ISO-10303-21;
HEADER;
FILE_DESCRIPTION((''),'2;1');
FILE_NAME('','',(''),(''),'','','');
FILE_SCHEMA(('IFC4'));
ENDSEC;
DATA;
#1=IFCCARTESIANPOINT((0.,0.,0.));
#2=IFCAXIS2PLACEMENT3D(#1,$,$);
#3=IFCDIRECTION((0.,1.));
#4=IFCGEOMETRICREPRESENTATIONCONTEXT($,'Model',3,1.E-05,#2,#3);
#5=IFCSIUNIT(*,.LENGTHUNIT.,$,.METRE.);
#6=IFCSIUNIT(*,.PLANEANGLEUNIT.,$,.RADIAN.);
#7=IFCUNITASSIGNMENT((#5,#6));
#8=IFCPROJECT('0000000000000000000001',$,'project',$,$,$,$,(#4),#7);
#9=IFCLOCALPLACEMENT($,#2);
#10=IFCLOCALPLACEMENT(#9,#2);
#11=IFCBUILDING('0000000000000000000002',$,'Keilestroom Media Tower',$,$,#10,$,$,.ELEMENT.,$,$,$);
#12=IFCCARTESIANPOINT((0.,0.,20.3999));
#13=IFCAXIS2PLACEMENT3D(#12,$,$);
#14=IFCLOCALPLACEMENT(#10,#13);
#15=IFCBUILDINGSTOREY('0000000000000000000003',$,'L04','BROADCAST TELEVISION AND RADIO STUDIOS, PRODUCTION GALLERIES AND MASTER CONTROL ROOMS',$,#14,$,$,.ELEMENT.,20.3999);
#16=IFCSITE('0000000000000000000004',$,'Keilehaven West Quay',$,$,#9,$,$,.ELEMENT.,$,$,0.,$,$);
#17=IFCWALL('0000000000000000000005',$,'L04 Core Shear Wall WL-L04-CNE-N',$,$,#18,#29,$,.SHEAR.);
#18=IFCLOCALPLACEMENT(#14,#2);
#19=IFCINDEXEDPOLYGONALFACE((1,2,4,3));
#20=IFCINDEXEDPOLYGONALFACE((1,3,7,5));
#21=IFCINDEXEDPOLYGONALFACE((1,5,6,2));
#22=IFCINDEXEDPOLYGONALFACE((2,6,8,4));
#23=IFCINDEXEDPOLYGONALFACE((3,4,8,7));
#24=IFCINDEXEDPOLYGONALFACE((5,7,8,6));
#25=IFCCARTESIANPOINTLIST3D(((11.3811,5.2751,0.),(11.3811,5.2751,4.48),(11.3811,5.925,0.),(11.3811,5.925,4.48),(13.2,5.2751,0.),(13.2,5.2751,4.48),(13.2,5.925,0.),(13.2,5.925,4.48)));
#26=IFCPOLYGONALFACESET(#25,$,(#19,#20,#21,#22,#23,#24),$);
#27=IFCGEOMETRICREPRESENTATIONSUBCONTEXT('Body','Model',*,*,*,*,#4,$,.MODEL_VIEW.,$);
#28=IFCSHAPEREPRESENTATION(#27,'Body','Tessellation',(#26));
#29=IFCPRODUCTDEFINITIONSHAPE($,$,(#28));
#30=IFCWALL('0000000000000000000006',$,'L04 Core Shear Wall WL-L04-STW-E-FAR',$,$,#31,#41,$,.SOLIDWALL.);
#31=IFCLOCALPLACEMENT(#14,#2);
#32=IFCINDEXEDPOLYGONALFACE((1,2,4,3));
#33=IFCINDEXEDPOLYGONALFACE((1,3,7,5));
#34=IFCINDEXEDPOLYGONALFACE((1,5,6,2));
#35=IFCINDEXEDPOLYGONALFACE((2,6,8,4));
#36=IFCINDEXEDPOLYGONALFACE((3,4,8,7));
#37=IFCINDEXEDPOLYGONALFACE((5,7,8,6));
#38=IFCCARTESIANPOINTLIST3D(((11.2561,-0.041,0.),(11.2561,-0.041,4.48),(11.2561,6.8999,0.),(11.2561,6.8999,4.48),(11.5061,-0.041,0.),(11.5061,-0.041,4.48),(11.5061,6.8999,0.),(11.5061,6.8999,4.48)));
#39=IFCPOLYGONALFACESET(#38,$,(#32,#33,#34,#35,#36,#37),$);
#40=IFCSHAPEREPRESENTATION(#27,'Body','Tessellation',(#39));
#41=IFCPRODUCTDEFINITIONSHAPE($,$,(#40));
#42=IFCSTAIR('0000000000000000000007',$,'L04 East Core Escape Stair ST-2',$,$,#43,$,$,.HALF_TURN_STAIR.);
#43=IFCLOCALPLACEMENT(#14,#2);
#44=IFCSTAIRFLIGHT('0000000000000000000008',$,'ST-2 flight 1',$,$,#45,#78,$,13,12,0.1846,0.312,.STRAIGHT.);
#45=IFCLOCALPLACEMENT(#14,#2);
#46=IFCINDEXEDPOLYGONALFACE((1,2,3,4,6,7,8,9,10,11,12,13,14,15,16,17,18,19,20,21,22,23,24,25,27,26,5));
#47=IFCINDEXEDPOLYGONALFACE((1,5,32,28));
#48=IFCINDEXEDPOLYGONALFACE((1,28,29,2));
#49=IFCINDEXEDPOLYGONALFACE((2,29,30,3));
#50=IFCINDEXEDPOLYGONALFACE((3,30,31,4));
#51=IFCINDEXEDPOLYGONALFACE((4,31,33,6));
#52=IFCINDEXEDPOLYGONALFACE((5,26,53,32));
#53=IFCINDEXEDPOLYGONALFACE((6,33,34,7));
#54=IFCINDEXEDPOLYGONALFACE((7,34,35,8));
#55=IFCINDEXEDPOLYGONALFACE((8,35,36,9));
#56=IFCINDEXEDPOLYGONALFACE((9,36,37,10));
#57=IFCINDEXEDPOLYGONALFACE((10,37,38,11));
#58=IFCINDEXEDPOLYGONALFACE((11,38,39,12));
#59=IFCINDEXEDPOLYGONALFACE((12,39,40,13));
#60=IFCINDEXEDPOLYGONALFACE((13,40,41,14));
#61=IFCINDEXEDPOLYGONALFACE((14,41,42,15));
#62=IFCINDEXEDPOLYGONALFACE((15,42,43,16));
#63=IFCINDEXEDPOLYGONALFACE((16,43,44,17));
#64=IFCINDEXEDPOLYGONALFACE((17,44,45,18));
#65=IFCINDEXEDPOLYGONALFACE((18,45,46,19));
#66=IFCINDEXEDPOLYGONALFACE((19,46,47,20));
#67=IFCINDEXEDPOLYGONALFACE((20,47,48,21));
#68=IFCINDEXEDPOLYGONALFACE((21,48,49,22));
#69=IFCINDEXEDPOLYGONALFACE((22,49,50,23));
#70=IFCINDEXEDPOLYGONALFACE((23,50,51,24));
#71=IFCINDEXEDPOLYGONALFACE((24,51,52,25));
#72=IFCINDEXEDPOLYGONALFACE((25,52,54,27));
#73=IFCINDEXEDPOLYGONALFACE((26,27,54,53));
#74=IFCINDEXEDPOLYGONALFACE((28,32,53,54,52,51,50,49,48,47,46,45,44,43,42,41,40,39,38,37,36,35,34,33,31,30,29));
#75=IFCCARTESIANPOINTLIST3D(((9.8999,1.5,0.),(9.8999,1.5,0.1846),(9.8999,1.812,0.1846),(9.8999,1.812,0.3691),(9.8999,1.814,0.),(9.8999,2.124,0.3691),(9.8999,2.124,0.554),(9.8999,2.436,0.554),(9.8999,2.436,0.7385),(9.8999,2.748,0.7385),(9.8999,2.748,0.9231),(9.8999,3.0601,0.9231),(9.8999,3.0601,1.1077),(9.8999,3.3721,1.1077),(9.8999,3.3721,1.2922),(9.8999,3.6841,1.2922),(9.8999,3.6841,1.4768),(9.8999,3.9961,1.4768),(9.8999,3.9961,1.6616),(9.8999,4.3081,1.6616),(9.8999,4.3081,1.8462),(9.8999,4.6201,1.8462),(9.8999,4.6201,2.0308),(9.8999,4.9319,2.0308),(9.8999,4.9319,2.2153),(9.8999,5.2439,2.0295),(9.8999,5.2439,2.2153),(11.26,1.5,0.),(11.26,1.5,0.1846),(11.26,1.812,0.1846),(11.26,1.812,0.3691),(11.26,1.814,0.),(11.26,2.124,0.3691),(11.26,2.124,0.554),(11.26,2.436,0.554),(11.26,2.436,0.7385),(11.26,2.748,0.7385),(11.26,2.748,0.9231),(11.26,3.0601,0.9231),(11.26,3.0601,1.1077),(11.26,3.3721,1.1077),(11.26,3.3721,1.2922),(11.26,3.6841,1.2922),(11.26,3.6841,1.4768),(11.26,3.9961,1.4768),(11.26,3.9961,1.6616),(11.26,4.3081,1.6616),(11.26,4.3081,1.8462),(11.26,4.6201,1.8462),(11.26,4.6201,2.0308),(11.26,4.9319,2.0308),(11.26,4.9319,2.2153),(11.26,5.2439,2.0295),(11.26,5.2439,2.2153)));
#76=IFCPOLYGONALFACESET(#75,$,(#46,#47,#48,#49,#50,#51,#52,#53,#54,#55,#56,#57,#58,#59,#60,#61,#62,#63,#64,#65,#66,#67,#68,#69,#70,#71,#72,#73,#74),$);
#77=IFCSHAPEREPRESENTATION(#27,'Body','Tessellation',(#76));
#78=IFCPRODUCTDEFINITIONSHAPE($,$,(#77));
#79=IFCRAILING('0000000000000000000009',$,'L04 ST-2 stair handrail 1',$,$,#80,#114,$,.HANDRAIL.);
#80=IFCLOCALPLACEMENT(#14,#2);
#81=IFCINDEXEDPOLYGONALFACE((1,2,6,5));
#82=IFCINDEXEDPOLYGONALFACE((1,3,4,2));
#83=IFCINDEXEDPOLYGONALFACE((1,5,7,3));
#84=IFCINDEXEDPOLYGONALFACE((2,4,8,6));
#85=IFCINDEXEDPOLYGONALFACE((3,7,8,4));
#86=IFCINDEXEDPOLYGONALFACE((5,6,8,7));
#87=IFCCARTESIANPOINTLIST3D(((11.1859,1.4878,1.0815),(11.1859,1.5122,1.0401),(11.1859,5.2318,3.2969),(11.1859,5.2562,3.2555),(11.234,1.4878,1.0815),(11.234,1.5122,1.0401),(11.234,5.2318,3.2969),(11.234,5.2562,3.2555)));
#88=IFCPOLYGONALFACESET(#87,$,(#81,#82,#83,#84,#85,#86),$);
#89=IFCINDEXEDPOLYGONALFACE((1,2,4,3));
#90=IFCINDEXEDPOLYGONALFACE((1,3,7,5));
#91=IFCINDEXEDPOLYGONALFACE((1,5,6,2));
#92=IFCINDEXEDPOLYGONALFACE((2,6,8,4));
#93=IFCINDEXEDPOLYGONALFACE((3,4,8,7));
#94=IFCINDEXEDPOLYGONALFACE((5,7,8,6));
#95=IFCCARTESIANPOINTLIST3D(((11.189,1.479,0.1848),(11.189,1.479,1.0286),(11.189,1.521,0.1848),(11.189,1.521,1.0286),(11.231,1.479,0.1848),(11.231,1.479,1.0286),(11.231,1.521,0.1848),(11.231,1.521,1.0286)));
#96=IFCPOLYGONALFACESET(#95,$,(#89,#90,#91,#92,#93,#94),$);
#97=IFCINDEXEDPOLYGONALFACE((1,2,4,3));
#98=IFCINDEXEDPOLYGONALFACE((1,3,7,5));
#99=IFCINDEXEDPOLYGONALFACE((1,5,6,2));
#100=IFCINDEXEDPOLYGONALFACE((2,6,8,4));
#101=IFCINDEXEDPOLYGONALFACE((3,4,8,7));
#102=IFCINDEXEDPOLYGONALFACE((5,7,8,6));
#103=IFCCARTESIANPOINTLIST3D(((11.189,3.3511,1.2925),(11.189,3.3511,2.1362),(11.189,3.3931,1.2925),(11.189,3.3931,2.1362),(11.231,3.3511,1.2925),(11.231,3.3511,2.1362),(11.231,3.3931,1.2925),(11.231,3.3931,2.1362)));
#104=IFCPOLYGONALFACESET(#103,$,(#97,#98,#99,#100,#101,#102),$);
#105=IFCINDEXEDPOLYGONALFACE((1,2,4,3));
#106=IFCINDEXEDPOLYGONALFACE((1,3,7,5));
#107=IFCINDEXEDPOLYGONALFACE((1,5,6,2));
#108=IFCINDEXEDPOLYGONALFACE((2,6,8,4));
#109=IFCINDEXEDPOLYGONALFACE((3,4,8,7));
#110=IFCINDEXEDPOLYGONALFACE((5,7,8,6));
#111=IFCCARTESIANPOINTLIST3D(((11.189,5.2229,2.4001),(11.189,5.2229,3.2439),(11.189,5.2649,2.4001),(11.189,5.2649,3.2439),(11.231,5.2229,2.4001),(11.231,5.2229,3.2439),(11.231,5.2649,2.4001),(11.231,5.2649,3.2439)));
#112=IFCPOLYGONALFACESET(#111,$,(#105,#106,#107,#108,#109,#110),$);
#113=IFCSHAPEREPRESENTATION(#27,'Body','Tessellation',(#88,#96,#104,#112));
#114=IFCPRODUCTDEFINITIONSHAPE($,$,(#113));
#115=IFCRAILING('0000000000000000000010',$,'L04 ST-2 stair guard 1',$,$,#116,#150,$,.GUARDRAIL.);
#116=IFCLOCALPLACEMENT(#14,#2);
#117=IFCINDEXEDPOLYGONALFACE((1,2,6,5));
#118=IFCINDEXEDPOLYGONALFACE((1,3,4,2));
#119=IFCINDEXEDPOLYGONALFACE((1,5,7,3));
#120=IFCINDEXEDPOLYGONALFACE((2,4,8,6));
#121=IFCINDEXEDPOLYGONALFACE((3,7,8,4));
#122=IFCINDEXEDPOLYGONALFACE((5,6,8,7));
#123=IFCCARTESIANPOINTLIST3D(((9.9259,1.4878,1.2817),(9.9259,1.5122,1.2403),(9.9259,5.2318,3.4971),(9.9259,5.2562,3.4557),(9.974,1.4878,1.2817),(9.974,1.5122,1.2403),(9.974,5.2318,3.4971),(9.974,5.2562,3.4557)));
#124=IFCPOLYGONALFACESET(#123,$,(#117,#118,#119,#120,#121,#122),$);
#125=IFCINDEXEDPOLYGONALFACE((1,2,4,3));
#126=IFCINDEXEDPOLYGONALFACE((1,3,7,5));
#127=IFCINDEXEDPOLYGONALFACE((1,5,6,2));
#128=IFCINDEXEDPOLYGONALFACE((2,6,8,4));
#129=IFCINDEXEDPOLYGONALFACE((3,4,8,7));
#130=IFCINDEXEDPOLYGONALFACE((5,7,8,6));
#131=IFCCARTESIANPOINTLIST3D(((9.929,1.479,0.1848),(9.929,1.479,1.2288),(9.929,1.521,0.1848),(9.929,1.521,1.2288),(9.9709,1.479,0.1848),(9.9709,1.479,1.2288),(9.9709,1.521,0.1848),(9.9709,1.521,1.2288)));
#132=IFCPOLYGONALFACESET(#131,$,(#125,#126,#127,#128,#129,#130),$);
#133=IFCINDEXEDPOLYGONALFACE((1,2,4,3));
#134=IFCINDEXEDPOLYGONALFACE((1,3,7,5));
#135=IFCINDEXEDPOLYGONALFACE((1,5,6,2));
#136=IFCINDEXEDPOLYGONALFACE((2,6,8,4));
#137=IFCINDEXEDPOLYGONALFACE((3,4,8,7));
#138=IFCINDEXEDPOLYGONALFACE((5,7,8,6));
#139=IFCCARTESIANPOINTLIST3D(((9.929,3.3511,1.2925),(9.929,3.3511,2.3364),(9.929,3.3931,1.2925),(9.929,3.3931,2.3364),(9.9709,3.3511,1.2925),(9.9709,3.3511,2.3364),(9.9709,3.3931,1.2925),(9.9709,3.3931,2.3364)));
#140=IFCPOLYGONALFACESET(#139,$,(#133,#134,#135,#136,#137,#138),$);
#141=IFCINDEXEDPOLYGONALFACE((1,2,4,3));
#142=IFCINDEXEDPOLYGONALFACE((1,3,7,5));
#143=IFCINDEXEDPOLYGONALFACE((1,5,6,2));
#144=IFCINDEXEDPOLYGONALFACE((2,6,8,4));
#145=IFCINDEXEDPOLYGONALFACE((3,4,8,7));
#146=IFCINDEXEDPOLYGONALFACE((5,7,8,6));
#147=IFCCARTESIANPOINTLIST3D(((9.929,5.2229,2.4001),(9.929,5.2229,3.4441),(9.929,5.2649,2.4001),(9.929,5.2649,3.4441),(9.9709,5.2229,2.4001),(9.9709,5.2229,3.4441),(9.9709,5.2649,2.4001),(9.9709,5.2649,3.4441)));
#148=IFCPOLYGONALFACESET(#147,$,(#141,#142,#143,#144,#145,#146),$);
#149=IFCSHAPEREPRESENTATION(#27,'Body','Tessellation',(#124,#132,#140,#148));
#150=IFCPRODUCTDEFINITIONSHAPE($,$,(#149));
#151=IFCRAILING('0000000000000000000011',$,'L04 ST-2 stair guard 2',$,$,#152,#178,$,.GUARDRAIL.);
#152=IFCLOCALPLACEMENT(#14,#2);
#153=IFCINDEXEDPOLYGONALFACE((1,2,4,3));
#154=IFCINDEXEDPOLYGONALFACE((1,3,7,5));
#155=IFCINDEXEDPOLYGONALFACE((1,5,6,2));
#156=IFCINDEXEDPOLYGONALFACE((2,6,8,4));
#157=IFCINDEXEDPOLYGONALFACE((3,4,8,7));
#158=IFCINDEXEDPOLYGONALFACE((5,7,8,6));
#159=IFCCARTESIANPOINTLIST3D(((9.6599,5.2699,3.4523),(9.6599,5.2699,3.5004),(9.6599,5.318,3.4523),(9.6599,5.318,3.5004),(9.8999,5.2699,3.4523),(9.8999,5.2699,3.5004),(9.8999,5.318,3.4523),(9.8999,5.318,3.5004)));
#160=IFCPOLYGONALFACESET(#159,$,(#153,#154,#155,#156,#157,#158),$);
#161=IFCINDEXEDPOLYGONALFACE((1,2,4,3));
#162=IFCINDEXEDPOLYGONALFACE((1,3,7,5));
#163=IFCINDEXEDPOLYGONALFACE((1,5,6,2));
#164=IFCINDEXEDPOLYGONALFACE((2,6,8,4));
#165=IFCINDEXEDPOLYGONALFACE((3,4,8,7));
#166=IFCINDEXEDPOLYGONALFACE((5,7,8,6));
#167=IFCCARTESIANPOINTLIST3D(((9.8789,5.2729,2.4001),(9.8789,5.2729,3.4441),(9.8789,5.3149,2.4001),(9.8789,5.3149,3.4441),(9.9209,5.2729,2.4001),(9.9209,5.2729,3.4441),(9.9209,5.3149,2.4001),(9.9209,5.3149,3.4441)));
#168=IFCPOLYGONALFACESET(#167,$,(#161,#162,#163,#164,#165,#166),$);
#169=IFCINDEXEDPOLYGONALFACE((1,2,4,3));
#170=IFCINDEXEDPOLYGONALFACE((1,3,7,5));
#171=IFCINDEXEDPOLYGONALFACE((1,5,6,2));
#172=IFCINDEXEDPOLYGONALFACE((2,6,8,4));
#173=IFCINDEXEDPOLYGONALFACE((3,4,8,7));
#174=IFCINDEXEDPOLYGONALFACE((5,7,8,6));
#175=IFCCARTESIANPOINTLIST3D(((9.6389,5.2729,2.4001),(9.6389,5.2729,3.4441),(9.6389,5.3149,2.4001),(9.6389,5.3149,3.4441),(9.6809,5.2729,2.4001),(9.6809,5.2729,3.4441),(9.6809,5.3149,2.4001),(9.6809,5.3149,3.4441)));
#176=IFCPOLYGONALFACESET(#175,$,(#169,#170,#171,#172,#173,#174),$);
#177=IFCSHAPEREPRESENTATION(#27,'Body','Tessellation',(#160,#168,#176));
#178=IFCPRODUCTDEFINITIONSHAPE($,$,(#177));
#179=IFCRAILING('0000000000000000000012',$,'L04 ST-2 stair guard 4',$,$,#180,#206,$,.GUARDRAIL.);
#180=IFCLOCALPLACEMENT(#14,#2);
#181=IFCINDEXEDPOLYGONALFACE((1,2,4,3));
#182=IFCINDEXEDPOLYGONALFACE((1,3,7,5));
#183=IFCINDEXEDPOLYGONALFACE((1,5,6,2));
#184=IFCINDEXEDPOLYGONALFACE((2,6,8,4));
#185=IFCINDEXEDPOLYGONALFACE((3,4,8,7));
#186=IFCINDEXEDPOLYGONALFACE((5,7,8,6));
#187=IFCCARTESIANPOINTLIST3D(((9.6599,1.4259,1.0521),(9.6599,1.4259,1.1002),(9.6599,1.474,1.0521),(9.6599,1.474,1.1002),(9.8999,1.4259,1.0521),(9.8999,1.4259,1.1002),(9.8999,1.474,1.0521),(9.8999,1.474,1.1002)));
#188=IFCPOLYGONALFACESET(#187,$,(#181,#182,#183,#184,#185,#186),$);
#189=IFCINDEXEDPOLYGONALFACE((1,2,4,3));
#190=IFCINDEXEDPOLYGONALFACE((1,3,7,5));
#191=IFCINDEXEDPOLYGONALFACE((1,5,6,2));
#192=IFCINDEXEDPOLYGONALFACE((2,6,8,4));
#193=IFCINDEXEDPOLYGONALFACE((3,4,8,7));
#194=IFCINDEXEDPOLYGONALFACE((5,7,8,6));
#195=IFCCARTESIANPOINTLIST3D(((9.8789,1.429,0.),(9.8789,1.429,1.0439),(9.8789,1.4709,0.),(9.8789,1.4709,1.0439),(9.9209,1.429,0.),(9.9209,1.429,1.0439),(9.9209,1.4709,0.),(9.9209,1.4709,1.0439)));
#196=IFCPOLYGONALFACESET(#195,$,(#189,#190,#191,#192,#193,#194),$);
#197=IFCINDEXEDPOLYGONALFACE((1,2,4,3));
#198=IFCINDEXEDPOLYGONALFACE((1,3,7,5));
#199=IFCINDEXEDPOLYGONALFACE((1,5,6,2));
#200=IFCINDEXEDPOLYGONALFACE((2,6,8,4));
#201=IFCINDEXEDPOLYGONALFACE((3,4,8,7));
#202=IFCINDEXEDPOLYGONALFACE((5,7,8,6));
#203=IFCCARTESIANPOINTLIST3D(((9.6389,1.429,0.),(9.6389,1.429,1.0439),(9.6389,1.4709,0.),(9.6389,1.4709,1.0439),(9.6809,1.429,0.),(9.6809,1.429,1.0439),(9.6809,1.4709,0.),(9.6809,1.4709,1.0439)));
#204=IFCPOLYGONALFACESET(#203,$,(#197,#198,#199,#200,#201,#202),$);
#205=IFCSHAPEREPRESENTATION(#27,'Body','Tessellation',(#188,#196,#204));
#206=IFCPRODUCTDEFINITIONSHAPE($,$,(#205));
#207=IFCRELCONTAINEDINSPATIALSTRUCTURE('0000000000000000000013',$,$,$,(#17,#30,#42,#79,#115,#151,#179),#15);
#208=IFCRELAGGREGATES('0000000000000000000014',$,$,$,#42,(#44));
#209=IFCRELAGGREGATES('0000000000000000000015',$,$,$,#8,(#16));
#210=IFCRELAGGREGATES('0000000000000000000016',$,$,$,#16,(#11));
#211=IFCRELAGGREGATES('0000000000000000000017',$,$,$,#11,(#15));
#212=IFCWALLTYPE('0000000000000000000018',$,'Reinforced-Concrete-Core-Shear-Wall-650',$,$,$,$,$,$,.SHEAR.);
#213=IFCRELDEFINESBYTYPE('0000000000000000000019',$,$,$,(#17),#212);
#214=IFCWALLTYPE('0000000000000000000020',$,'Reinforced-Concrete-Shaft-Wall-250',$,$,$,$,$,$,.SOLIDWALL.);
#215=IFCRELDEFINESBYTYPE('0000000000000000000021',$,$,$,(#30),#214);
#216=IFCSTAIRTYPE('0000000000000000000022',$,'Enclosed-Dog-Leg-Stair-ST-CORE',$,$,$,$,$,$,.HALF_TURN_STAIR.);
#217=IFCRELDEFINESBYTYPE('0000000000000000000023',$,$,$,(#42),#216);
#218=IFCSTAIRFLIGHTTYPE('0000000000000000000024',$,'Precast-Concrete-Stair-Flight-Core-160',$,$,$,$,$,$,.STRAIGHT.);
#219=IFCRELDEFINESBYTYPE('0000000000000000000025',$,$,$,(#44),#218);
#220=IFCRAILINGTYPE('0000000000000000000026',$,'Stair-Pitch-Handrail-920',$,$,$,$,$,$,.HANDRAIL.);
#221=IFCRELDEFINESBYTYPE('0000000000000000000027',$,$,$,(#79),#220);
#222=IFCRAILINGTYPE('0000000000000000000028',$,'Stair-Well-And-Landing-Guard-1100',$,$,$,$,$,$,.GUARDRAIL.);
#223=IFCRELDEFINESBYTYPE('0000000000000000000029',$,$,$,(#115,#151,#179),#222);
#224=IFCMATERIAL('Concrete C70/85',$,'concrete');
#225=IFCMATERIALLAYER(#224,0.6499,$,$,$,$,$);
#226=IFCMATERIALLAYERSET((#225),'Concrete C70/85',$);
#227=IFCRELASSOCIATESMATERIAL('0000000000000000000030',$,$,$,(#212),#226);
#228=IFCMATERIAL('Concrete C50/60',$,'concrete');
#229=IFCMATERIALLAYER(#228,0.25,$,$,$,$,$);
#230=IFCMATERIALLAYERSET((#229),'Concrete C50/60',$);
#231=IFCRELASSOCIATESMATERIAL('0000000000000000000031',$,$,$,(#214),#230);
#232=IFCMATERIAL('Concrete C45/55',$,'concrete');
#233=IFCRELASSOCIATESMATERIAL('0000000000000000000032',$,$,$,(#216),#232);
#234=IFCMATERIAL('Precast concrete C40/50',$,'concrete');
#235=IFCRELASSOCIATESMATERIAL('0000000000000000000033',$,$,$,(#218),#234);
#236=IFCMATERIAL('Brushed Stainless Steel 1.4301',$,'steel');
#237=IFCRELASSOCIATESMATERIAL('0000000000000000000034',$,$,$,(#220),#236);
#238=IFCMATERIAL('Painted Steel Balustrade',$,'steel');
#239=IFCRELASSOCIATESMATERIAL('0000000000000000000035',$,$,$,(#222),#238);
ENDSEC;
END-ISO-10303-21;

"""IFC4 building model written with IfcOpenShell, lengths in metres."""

from ifc_helpers import new_model, si_unit, direction, frame, frame_2d, origin, origin_2d, place, context, subcontext, project, spatial, polyline, rectangle, outline, extrude, material, layer, layer_set, type_object, element, aggregate, save


model = new_model("IFC4")

# Units and contexts
model_context = context("Model", 3, precision=1e-05, world=origin(), true_north=direction((0.0, 1.0)))
body_context = subcontext(model_context, "Body", "Model", "MODEL_VIEW")
ifc_project = project(units=[si_unit("LENGTHUNIT", "METRE"), si_unit("PLANEANGLEUNIT", "RADIAN")], contexts=[model_context])

# Site, building, storey
site_placement = place(None, origin())
site = spatial("IfcSite", under=ifc_project, at=site_placement, Name="Keilehaven West Quay", CompositionType="ELEMENT", RefElevation=0.0)
building_placement = place(site_placement, origin())
building = spatial("IfcBuilding", under=site, at=building_placement, Name="Keilestroom Media Tower", CompositionType="ELEMENT")
storey_placement = place(building_placement, frame((0.0, 0.0, 20.3999)))
storey = spatial("IfcBuildingStorey", under=building, at=storey_placement, Name="L04", Description="BROADCAST TELEVISION AND RADIO STUDIOS, PRODUCTION GALLERIES AND MASTER CONTROL ROOMS", CompositionType="ELEMENT", Elevation=20.3999)

# Shared definitions
ifc_material_1 = material(Name="Precast concrete C40/50", Category="concrete")
ifc_material_2 = material(Name="Concrete C70/85", Category="concrete")

# Walls
ifc_layer_1 = layer(ifc_material_2, 0.6499)
ifc_layer_set_1 = layer_set([ifc_layer_1], Name="Concrete C70/85")
wall_type_1 = type_object("IfcWallType", Name="Reinforced-Concrete-Core-Shear-Wall-650", PredefinedType="SHEAR", material=ifc_layer_set_1)
wall_1_placement = place(storey_placement, frame((11.3811, 5.6001, 0.0), z_axis=(0.0, 0.0, 1.0), x_axis=(1.0, 0.0, 0.0)))
element("IfcWall", 1, at=wall_1_placement, inside=storey, type_object=wall_type_1, Name="L04 Core Shear Wall WL-L04-CNE-N", PredefinedType="SHEAR", context=body_context, shape_type="SweptSolid", body=[
    extrude(rectangle(XDim=1.8188, YDim=0.6499, at=frame_2d((0.9094, 0.0))), origin(), (0.0, 0.0, 1.0), 4.48),
])
ifc_material_3 = material(Name="Concrete C50/60", Category="concrete")
ifc_layer_2 = layer(ifc_material_3, 0.25)
ifc_layer_set_2 = layer_set([ifc_layer_2], Name="Concrete C50/60")
wall_type_2 = type_object("IfcWallType", Name="Reinforced-Concrete-Shaft-Wall-250", PredefinedType="SOLIDWALL", material=ifc_layer_set_2)
wall_2_placement = place(storey_placement, frame((11.3811, -0.041, 0.0), z_axis=(0.0, 0.0, 1.0), x_axis=(0.0, 1.0, 0.0)))
element("IfcWall", 2, at=wall_2_placement, inside=storey, type_object=wall_type_2, Name="L04 Core Shear Wall WL-L04-STW-E-FAR", PredefinedType="SOLIDWALL", context=body_context, shape_type="SweptSolid", body=[
    extrude(rectangle(XDim=6.9409, YDim=0.25, at=frame_2d((3.4705, 0.0))), origin(), (0.0, 0.0, 1.0), 4.48),
])

# Stair, stair flight
ifc_material_4 = material(Name="Concrete C45/55", Category="concrete")
stair_type = type_object("IfcStairType", Name="Enclosed-Dog-Leg-Stair-ST-CORE", PredefinedType="HALF_TURN_STAIR", material=ifc_material_4)
stair_placement = place(storey_placement, origin())
stair = element("IfcStair", 3, at=stair_placement, inside=storey, type_object=stair_type, Name="L04 East Core Escape Stair ST-2", PredefinedType="HALF_TURN_STAIR")
stair_flight_type = type_object("IfcStairFlightType", Name="Precast-Concrete-Stair-Flight-Core-160", PredefinedType="STRAIGHT", material=ifc_material_1)
stair_flight_placement = place(storey_placement, frame((10.5801, 1.5, 0.0), z_axis=(0.0, 0.0, 1.0), x_axis=(0.0, 1.0, 0.0)))
stair_flight = element("IfcStairFlight", 4, at=stair_flight_placement, type_object=stair_flight_type, Name="ST-2 flight 1", NumberOfRisers=13, NumberOfTreads=12, PredefinedType="STRAIGHT", RiserHeight=0.1846, TreadLength=0.312, context=body_context, shape_type="SweptSolid", body=[
    extrude(outline(polyline([(0.0, 0.0), (0.0, 0.1846), (0.312, 0.1846), (0.312, 0.3691), (0.624, 0.3691), (0.624, 0.554), (0.936, 0.554), (0.936, 0.7385), (1.248, 0.7385), (1.248, 0.9231), (1.5601, 0.9231), (1.5601, 1.1077), (1.8721, 1.1077), (1.8721, 1.2922), (2.1841, 1.2922), (2.1841, 1.4768), (2.4961, 1.4768), (2.4961, 1.6616), (2.8081, 1.6616), (2.8081, 1.8462), (3.1201, 1.8462), (3.1201, 2.0308), (3.4319, 2.0308), (3.4319, 2.2153), (3.7439, 2.2153), (3.7439, 2.3999), (3.7439, 2.0295), (0.314, 0.0), (0.0, 0.0)])), frame((0.0, 0.6802, 0.0), z_axis=(0.0, -1.0, 0.0), x_axis=(1.0, 0.0, 0.0)), (0.0, 0.0, 1.0), 1.3601),
])
aggregate(stair, [stair_flight])

# Railings
ifc_material_5 = material(Name="Brushed Stainless Steel 1.4301", Category="steel")
railing_type_1 = type_object("IfcRailingType", Name="Stair-Pitch-Handrail-920", PredefinedType="HANDRAIL", material=ifc_material_5)
railing_1_placement = place(storey_placement, frame((11.21, 1.5, 0.1848)))
element("IfcRailing", 5, at=railing_1_placement, inside=storey, type_object=railing_type_1, Name="L04 ST-2 stair handrail 1", PredefinedType="HANDRAIL", context=body_context, shape_type="SweptSolid", body=[
    extrude(rectangle(XDim=0.0481, YDim=0.0481, at=origin_2d()), frame((0.0, 0.0, 0.876), z_axis=(0.0, 0.860621, 0.509245), x_axis=(-1.0, 0.0, 0.0)), (0.0, 0.0, 1.0), 4.3503),
    extrude(rectangle(XDim=0.042, YDim=0.042, at=origin_2d()), origin(), (0.0, 0.0, 1.0), 0.8438),
    extrude(rectangle(XDim=0.042, YDim=0.042, at=origin_2d()), frame((0.0, 1.8721, 1.1077)), (0.0, 0.0, 1.0), 0.8438),
    extrude(rectangle(XDim=0.042, YDim=0.042, at=origin_2d()), frame((0.0, 3.7439, 2.2153)), (0.0, 0.0, 1.0), 0.8438),
])
ifc_material_6 = material(Name="Painted Steel Balustrade", Category="steel")
railing_type_2 = type_object("IfcRailingType", Name="Stair-Well-And-Landing-Guard-1100", PredefinedType="GUARDRAIL", material=ifc_material_6)
railing_2_placement = place(storey_placement, frame((9.95, 1.5, 0.1848)))
element("IfcRailing", 6, at=railing_2_placement, inside=storey, type_object=railing_type_2, Name="L04 ST-2 stair guard 1", PredefinedType="GUARDRAIL", context=body_context, shape_type="SweptSolid", body=[
    extrude(rectangle(XDim=0.0481, YDim=0.0481, at=origin_2d()), frame((0.0, 0.0, 1.0762), z_axis=(0.0, 0.860621, 0.509245), x_axis=(-1.0, 0.0, 0.0)), (0.0, 0.0, 1.0), 4.3503),
    extrude(rectangle(XDim=0.042, YDim=0.042, at=origin_2d()), origin(), (0.0, 0.0, 1.0), 1.0439),
    extrude(rectangle(XDim=0.042, YDim=0.042, at=origin_2d()), frame((0.0, 1.8721, 1.1077)), (0.0, 0.0, 1.0), 1.0439),
    extrude(rectangle(XDim=0.042, YDim=0.042, at=origin_2d()), frame((0.0, 3.7439, 2.2153)), (0.0, 0.0, 1.0), 1.0439),
])
for number, where, name in (
    (7, (9.8999, 5.2939, 2.4001), "L04 ST-2 stair guard 2"),
    (8, (9.8999, 1.45, 0.0), "L04 ST-2 stair guard 4"),
):
    element("IfcRailing", number, at=place(storey_placement, frame(where)), inside=storey, type_object=railing_type_2, Name=name, PredefinedType="GUARDRAIL", context=body_context, shape_type="SweptSolid", body=[
        extrude(rectangle(XDim=0.0481, YDim=0.0481, at=origin_2d()), frame((0.0, 0.0, 1.0762), z_axis=(-1.0, 0.0, 0.0), x_axis=(0.0, -1.0, 0.0)), (0.0, 0.0, 1.0), 0.24),
        extrude(rectangle(XDim=0.042, YDim=0.042, at=origin_2d()), origin(), (0.0, 0.0, 1.0), 1.0439),
        extrude(rectangle(XDim=0.042, YDim=0.042, at=origin_2d()), frame((-0.24, 0.0, 0.0)), (0.0, 0.0, 1.0), 1.0439),
    ])

save(model, "model.ifc")
